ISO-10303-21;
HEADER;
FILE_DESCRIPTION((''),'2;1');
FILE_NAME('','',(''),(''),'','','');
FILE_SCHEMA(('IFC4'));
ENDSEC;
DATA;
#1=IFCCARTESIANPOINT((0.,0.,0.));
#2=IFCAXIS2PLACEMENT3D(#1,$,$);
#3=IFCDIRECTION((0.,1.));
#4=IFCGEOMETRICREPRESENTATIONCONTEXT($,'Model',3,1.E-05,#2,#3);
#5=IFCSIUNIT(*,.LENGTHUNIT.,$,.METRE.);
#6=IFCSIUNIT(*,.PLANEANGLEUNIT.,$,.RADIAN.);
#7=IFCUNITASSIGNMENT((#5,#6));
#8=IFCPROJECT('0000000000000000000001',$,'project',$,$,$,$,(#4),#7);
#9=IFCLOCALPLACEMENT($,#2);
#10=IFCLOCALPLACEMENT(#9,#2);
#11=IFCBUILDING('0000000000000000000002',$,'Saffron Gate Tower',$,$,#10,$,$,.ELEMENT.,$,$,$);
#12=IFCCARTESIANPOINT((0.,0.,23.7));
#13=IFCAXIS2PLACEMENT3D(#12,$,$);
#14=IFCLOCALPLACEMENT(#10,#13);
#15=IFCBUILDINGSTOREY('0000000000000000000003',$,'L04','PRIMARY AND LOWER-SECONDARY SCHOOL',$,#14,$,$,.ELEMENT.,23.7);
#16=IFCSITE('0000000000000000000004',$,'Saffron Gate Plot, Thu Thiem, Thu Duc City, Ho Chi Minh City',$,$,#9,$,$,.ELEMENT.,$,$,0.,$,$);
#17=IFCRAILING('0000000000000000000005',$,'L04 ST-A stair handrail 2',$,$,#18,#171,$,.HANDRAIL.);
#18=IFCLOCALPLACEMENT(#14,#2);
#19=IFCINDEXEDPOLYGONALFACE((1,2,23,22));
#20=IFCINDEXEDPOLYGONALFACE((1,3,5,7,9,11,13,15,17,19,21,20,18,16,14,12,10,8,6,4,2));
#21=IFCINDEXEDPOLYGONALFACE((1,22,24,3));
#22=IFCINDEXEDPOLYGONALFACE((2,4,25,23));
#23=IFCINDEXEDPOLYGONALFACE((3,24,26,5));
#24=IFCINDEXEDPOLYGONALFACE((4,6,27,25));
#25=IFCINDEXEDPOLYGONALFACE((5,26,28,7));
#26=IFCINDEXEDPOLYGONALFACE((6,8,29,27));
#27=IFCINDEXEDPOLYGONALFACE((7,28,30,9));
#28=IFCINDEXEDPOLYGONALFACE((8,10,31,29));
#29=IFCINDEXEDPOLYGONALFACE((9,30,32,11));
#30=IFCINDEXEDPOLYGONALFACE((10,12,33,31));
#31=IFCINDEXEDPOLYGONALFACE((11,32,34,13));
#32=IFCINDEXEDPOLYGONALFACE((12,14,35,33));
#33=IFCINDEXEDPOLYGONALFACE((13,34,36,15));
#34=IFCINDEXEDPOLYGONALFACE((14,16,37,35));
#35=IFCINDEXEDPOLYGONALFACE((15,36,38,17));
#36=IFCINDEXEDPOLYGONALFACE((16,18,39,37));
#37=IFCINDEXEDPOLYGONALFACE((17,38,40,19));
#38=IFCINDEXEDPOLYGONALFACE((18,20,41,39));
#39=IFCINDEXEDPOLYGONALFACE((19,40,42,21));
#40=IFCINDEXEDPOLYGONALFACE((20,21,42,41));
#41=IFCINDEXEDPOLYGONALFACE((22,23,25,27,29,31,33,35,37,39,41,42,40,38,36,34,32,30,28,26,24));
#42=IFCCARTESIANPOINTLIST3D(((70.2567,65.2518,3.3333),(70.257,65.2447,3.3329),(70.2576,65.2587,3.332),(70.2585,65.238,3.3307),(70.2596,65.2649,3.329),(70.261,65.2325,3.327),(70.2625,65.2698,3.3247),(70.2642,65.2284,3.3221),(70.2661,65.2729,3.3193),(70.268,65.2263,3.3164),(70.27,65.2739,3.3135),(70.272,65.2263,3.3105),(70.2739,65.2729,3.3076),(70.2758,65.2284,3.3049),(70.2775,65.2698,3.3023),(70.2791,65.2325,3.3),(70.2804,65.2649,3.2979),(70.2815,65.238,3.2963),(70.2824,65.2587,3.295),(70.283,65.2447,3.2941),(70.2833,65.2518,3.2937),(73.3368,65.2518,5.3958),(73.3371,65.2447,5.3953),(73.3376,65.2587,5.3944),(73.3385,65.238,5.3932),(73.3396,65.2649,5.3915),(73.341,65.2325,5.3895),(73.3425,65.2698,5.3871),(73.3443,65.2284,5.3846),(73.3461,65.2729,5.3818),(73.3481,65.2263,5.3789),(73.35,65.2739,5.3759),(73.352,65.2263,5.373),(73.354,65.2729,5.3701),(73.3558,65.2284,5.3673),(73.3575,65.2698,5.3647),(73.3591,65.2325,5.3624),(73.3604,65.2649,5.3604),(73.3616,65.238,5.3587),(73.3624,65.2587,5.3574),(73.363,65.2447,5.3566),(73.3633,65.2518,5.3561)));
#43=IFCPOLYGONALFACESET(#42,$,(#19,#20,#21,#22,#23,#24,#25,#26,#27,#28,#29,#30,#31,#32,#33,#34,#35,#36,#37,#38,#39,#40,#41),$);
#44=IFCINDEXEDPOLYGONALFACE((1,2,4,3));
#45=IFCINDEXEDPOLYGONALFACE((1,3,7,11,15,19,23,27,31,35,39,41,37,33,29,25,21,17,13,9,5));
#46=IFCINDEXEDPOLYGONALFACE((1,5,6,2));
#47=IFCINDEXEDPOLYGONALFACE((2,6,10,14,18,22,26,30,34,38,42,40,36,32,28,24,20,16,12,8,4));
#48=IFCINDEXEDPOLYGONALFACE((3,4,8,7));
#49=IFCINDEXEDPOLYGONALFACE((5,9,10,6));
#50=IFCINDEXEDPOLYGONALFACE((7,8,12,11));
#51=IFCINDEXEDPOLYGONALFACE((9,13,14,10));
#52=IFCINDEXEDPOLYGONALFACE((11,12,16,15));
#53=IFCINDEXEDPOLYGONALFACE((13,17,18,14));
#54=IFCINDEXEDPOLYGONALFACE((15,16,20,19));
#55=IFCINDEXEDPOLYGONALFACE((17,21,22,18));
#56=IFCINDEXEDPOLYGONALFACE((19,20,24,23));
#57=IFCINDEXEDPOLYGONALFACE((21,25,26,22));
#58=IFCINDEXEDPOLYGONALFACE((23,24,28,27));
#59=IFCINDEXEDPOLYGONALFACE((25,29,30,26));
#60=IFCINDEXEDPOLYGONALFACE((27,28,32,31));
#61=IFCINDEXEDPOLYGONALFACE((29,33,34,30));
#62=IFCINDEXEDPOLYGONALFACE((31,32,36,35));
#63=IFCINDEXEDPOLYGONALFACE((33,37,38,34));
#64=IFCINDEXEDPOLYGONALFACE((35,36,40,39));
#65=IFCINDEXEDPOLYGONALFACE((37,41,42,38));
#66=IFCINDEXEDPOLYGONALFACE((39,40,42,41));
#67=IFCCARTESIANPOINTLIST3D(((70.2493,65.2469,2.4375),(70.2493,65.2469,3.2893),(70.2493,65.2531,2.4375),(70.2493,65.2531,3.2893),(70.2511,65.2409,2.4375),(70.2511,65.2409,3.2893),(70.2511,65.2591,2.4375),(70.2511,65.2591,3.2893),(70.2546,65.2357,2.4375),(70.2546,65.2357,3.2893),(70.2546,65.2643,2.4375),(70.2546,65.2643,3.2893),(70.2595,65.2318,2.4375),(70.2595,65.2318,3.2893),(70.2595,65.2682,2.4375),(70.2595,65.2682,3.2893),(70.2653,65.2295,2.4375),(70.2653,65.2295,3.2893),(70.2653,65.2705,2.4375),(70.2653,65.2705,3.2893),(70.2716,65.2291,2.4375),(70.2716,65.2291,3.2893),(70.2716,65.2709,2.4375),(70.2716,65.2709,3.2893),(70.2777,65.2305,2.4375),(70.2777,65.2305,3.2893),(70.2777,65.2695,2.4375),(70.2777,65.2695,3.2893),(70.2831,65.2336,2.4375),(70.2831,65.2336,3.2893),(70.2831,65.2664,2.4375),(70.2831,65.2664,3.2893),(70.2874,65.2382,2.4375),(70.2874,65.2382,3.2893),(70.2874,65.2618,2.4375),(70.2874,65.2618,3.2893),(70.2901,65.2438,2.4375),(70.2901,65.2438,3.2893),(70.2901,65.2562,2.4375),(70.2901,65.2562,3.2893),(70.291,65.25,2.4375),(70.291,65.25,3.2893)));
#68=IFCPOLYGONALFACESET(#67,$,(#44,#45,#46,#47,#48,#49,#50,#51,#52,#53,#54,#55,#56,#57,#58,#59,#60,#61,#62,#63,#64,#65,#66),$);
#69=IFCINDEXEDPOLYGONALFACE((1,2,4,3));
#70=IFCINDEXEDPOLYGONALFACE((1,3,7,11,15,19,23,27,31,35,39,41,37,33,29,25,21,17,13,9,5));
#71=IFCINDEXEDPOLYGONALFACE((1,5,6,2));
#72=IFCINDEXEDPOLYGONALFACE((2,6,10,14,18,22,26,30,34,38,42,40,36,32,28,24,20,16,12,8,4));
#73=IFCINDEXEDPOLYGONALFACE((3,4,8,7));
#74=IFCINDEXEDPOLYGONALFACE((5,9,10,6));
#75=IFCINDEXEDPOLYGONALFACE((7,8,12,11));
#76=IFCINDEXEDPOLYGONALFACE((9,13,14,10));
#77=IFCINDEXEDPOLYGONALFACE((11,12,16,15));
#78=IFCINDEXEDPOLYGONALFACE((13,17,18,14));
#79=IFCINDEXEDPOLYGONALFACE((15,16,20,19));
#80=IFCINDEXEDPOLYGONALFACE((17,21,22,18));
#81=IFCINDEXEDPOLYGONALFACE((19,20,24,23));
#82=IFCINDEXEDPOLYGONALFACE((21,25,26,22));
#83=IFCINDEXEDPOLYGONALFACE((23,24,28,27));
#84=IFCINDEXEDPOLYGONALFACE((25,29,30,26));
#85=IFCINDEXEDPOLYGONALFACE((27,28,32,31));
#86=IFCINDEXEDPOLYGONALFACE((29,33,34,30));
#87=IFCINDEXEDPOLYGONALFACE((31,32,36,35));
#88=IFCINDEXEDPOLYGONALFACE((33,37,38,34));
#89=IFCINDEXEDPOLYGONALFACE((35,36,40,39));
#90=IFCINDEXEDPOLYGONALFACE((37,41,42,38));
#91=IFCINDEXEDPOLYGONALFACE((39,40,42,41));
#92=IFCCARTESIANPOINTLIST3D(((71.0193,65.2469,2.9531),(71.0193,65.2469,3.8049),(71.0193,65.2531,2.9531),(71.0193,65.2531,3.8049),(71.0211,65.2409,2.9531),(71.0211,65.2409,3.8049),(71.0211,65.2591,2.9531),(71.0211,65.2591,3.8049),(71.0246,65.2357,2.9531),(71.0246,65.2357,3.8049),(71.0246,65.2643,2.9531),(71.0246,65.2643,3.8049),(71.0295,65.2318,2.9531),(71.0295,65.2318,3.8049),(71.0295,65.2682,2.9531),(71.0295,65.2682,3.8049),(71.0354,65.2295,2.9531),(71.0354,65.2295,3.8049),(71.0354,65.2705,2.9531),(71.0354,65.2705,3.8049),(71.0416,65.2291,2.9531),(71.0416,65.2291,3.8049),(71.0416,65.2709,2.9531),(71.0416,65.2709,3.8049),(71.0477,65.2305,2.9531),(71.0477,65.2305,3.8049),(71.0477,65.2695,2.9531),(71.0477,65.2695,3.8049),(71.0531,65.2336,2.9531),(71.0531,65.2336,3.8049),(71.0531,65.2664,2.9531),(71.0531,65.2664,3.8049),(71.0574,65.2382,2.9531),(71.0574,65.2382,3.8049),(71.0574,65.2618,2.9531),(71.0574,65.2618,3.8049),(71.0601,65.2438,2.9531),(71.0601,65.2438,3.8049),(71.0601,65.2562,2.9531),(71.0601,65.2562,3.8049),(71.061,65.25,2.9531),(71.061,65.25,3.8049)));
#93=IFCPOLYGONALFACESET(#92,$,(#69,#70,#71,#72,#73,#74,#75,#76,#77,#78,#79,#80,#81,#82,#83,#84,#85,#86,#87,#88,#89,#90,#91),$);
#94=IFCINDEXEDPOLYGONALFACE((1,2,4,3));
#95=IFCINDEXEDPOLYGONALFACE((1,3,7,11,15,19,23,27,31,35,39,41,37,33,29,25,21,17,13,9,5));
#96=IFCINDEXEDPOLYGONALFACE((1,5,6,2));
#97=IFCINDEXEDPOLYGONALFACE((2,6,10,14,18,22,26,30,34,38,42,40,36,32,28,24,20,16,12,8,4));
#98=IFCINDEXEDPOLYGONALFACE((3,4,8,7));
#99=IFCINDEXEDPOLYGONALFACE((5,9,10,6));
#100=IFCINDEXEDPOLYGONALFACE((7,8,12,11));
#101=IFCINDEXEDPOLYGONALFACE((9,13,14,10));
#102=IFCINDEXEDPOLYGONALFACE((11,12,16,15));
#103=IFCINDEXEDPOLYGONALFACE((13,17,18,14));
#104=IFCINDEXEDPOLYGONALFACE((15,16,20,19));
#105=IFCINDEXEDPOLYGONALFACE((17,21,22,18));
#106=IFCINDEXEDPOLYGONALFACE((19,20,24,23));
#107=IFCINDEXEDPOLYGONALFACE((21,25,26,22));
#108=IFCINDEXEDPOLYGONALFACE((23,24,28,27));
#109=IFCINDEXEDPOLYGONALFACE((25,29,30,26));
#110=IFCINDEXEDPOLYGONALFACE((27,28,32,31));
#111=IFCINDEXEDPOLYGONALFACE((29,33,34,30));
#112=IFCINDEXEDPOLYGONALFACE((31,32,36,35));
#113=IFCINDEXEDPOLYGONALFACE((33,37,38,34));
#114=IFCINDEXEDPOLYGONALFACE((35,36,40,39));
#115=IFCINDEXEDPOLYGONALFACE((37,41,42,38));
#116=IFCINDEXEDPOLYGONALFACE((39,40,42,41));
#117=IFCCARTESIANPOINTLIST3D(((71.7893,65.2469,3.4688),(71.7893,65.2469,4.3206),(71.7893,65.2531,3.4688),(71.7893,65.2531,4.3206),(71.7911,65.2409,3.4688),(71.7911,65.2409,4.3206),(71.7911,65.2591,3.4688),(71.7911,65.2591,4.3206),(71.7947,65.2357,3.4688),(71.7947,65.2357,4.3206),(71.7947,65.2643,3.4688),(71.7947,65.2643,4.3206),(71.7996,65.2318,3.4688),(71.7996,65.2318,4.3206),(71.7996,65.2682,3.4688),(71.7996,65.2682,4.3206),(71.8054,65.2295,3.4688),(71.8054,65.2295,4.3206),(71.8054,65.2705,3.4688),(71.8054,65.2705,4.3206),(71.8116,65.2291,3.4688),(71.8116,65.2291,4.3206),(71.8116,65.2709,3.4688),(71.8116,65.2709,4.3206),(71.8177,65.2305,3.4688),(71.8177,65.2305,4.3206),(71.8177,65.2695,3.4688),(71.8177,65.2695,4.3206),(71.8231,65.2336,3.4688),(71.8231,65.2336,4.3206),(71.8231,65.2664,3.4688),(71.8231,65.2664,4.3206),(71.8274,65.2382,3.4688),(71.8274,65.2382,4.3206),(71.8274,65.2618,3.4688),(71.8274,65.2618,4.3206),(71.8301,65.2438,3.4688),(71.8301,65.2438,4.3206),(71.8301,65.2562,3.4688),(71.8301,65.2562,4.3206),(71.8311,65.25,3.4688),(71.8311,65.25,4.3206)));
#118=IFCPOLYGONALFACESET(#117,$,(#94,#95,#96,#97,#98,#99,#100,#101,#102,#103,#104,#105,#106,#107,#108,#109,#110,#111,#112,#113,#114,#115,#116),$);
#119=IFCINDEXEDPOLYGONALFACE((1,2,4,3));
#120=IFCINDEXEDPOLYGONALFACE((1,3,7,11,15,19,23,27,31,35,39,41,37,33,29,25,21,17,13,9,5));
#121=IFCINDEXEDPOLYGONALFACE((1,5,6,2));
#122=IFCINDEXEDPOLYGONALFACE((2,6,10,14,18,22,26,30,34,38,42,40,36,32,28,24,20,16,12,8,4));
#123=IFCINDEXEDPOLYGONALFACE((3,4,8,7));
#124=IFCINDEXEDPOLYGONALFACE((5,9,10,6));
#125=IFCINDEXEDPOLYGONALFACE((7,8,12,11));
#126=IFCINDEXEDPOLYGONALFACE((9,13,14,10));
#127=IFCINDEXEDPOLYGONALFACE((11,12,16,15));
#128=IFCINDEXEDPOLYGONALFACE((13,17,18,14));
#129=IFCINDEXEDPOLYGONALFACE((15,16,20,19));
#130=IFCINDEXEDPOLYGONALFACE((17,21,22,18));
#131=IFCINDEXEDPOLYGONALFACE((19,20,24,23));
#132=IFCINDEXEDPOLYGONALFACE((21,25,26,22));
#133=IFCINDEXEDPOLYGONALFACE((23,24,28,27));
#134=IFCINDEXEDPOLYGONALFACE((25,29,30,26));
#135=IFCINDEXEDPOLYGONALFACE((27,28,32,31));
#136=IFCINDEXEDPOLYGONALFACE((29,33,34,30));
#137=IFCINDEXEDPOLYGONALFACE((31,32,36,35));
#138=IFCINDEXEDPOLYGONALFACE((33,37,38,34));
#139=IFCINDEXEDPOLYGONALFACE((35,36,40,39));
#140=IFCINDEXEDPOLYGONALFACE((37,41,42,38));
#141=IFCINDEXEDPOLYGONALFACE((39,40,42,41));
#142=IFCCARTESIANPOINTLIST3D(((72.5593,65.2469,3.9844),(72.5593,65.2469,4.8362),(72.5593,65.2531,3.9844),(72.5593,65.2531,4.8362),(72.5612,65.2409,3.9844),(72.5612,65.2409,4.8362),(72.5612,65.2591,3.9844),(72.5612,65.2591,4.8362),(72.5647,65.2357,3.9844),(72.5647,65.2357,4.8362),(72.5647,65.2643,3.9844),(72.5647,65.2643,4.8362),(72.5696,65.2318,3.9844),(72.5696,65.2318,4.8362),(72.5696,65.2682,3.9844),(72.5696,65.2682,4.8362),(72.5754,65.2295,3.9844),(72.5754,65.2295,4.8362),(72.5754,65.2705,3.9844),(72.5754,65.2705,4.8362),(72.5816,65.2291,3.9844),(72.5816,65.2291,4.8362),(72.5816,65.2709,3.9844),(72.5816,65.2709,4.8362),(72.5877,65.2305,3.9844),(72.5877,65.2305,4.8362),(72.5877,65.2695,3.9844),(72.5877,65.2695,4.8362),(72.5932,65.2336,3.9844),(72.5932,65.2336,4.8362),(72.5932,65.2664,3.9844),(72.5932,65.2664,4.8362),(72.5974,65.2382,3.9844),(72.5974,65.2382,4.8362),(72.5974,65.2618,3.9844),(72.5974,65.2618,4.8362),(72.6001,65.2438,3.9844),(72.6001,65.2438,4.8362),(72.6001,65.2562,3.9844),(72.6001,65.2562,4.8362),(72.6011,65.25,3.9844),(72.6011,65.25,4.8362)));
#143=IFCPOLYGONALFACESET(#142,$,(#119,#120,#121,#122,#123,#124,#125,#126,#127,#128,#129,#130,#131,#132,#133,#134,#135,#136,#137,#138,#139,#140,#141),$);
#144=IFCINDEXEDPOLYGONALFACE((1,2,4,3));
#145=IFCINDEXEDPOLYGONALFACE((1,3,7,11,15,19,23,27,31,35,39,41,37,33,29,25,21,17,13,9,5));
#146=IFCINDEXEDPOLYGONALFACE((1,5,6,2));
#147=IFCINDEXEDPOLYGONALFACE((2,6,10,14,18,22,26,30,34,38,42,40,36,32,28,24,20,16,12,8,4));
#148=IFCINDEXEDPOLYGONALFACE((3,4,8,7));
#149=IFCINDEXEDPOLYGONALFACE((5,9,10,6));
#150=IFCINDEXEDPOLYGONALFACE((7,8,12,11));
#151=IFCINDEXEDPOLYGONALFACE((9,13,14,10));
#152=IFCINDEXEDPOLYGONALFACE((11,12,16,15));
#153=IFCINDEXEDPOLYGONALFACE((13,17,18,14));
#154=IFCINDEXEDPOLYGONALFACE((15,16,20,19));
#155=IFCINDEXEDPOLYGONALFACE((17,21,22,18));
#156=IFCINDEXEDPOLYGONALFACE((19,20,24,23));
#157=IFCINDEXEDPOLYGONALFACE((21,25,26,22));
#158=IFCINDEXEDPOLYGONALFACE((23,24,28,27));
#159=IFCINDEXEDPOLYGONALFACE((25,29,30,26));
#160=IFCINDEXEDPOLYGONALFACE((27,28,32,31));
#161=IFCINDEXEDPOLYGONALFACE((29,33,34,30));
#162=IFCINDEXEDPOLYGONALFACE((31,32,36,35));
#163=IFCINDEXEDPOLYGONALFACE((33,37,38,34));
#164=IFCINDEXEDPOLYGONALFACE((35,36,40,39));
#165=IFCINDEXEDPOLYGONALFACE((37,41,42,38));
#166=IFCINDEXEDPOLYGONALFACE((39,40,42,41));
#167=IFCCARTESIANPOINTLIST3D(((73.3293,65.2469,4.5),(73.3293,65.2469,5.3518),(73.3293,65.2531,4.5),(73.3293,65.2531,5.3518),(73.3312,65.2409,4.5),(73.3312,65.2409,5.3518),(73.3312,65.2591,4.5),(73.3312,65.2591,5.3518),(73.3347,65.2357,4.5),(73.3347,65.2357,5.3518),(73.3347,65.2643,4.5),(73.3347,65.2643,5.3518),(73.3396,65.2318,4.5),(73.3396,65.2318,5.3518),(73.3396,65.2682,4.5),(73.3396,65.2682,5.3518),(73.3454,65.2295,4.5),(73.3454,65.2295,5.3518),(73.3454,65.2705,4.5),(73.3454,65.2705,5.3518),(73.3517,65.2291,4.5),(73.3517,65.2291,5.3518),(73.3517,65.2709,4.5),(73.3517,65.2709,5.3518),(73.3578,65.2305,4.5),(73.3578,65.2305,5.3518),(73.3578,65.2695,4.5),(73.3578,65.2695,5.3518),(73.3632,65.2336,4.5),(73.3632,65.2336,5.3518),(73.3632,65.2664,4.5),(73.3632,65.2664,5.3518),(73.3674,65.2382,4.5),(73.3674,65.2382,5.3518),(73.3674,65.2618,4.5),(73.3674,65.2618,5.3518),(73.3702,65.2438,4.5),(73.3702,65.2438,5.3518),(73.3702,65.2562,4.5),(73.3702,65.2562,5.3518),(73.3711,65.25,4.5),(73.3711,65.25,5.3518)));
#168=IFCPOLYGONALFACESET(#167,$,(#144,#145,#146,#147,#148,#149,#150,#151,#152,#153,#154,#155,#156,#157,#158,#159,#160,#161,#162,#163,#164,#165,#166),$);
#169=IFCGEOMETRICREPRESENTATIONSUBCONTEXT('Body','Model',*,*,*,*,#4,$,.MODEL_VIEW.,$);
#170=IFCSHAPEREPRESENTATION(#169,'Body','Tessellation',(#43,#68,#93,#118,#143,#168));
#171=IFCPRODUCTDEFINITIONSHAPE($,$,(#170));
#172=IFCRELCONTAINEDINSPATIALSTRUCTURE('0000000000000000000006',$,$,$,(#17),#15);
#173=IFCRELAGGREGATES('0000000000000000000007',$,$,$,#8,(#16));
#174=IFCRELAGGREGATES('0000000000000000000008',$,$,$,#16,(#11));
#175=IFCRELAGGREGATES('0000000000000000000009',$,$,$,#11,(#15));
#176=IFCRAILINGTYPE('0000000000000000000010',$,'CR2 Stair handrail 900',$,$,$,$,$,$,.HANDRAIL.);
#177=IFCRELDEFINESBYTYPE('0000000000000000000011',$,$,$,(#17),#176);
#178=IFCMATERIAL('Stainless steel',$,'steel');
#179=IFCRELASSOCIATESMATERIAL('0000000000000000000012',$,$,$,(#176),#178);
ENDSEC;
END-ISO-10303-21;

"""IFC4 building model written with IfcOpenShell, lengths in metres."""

from ifc_helpers import new_model, si_unit, direction, frame, origin, origin_2d, place, context, subcontext, project, spatial, circle, extrude, material, type_object, element, save


model = new_model("IFC4")

# Units and contexts
model_context = context("Model", 3, precision=1e-05, world=origin(), true_north=direction((0.0, 1.0)))
body_context = subcontext(model_context, "Body", "Model", "MODEL_VIEW")
ifc_project = project(units=[si_unit("LENGTHUNIT", "METRE"), si_unit("PLANEANGLEUNIT", "RADIAN")], contexts=[model_context])

# Site, building, storey
site_placement = place(None, origin())
site = spatial("IfcSite", under=ifc_project, at=site_placement, Name="Saffron Gate Plot, Thu Thiem, Thu Duc City, Ho Chi Minh City", CompositionType="ELEMENT", RefElevation=0.0)
building_placement = place(site_placement, origin())
building = spatial("IfcBuilding", under=site, at=building_placement, Name="Saffron Gate Tower", CompositionType="ELEMENT")
storey_placement = place(building_placement, frame((0.0, 0.0, 23.7)))
storey = spatial("IfcBuildingStorey", under=building, at=storey_placement, Name="L04", Description="PRIMARY AND LOWER-SECONDARY SCHOOL", CompositionType="ELEMENT", Elevation=23.7)

# Railing
ifc_material_1 = material(Name="Stainless steel", Category="steel")
railing_type_1 = type_object("IfcRailingType", Name="CR2 Stair handrail 900", PredefinedType="HANDRAIL", material=ifc_material_1)
railing_1_placement = place(storey_placement, frame((70.27, 65.25, 2.4375)))
element("IfcRailing", 1, at=railing_1_placement, inside=storey, type_object=railing_type_1, Name="L04 ST-A stair handrail 2", PredefinedType="HANDRAIL", context=body_context, shape_type="SweptSolid", body=[
    extrude(circle(Radius=0.0239, at=origin_2d()), frame((0.0, 0.0, 0.876), z_axis=(0.830914, 0.0, 0.556401), x_axis=(0.0, 1.0, 0.0)), (0.0, 0.0, 1.0), 3.7068),
    extrude(circle(Radius=0.021, at=origin_2d()), origin(), (0.0, 0.0, 1.0), 0.8518),
    extrude(circle(Radius=0.021, at=origin_2d()), frame((0.77, 0.0, 0.5156)), (0.0, 0.0, 1.0), 0.8518),
    extrude(circle(Radius=0.021, at=origin_2d()), frame((1.54, 0.0, 1.0312)), (0.0, 0.0, 1.0), 0.8518),
    extrude(circle(Radius=0.021, at=origin_2d()), frame((2.3101, 0.0, 1.5469)), (0.0, 0.0, 1.0), 0.8518),
    extrude(circle(Radius=0.021, at=origin_2d()), frame((3.0801, 0.0, 2.0625)), (0.0, 0.0, 1.0), 0.8518),
])

save(model, "model.ifc")
